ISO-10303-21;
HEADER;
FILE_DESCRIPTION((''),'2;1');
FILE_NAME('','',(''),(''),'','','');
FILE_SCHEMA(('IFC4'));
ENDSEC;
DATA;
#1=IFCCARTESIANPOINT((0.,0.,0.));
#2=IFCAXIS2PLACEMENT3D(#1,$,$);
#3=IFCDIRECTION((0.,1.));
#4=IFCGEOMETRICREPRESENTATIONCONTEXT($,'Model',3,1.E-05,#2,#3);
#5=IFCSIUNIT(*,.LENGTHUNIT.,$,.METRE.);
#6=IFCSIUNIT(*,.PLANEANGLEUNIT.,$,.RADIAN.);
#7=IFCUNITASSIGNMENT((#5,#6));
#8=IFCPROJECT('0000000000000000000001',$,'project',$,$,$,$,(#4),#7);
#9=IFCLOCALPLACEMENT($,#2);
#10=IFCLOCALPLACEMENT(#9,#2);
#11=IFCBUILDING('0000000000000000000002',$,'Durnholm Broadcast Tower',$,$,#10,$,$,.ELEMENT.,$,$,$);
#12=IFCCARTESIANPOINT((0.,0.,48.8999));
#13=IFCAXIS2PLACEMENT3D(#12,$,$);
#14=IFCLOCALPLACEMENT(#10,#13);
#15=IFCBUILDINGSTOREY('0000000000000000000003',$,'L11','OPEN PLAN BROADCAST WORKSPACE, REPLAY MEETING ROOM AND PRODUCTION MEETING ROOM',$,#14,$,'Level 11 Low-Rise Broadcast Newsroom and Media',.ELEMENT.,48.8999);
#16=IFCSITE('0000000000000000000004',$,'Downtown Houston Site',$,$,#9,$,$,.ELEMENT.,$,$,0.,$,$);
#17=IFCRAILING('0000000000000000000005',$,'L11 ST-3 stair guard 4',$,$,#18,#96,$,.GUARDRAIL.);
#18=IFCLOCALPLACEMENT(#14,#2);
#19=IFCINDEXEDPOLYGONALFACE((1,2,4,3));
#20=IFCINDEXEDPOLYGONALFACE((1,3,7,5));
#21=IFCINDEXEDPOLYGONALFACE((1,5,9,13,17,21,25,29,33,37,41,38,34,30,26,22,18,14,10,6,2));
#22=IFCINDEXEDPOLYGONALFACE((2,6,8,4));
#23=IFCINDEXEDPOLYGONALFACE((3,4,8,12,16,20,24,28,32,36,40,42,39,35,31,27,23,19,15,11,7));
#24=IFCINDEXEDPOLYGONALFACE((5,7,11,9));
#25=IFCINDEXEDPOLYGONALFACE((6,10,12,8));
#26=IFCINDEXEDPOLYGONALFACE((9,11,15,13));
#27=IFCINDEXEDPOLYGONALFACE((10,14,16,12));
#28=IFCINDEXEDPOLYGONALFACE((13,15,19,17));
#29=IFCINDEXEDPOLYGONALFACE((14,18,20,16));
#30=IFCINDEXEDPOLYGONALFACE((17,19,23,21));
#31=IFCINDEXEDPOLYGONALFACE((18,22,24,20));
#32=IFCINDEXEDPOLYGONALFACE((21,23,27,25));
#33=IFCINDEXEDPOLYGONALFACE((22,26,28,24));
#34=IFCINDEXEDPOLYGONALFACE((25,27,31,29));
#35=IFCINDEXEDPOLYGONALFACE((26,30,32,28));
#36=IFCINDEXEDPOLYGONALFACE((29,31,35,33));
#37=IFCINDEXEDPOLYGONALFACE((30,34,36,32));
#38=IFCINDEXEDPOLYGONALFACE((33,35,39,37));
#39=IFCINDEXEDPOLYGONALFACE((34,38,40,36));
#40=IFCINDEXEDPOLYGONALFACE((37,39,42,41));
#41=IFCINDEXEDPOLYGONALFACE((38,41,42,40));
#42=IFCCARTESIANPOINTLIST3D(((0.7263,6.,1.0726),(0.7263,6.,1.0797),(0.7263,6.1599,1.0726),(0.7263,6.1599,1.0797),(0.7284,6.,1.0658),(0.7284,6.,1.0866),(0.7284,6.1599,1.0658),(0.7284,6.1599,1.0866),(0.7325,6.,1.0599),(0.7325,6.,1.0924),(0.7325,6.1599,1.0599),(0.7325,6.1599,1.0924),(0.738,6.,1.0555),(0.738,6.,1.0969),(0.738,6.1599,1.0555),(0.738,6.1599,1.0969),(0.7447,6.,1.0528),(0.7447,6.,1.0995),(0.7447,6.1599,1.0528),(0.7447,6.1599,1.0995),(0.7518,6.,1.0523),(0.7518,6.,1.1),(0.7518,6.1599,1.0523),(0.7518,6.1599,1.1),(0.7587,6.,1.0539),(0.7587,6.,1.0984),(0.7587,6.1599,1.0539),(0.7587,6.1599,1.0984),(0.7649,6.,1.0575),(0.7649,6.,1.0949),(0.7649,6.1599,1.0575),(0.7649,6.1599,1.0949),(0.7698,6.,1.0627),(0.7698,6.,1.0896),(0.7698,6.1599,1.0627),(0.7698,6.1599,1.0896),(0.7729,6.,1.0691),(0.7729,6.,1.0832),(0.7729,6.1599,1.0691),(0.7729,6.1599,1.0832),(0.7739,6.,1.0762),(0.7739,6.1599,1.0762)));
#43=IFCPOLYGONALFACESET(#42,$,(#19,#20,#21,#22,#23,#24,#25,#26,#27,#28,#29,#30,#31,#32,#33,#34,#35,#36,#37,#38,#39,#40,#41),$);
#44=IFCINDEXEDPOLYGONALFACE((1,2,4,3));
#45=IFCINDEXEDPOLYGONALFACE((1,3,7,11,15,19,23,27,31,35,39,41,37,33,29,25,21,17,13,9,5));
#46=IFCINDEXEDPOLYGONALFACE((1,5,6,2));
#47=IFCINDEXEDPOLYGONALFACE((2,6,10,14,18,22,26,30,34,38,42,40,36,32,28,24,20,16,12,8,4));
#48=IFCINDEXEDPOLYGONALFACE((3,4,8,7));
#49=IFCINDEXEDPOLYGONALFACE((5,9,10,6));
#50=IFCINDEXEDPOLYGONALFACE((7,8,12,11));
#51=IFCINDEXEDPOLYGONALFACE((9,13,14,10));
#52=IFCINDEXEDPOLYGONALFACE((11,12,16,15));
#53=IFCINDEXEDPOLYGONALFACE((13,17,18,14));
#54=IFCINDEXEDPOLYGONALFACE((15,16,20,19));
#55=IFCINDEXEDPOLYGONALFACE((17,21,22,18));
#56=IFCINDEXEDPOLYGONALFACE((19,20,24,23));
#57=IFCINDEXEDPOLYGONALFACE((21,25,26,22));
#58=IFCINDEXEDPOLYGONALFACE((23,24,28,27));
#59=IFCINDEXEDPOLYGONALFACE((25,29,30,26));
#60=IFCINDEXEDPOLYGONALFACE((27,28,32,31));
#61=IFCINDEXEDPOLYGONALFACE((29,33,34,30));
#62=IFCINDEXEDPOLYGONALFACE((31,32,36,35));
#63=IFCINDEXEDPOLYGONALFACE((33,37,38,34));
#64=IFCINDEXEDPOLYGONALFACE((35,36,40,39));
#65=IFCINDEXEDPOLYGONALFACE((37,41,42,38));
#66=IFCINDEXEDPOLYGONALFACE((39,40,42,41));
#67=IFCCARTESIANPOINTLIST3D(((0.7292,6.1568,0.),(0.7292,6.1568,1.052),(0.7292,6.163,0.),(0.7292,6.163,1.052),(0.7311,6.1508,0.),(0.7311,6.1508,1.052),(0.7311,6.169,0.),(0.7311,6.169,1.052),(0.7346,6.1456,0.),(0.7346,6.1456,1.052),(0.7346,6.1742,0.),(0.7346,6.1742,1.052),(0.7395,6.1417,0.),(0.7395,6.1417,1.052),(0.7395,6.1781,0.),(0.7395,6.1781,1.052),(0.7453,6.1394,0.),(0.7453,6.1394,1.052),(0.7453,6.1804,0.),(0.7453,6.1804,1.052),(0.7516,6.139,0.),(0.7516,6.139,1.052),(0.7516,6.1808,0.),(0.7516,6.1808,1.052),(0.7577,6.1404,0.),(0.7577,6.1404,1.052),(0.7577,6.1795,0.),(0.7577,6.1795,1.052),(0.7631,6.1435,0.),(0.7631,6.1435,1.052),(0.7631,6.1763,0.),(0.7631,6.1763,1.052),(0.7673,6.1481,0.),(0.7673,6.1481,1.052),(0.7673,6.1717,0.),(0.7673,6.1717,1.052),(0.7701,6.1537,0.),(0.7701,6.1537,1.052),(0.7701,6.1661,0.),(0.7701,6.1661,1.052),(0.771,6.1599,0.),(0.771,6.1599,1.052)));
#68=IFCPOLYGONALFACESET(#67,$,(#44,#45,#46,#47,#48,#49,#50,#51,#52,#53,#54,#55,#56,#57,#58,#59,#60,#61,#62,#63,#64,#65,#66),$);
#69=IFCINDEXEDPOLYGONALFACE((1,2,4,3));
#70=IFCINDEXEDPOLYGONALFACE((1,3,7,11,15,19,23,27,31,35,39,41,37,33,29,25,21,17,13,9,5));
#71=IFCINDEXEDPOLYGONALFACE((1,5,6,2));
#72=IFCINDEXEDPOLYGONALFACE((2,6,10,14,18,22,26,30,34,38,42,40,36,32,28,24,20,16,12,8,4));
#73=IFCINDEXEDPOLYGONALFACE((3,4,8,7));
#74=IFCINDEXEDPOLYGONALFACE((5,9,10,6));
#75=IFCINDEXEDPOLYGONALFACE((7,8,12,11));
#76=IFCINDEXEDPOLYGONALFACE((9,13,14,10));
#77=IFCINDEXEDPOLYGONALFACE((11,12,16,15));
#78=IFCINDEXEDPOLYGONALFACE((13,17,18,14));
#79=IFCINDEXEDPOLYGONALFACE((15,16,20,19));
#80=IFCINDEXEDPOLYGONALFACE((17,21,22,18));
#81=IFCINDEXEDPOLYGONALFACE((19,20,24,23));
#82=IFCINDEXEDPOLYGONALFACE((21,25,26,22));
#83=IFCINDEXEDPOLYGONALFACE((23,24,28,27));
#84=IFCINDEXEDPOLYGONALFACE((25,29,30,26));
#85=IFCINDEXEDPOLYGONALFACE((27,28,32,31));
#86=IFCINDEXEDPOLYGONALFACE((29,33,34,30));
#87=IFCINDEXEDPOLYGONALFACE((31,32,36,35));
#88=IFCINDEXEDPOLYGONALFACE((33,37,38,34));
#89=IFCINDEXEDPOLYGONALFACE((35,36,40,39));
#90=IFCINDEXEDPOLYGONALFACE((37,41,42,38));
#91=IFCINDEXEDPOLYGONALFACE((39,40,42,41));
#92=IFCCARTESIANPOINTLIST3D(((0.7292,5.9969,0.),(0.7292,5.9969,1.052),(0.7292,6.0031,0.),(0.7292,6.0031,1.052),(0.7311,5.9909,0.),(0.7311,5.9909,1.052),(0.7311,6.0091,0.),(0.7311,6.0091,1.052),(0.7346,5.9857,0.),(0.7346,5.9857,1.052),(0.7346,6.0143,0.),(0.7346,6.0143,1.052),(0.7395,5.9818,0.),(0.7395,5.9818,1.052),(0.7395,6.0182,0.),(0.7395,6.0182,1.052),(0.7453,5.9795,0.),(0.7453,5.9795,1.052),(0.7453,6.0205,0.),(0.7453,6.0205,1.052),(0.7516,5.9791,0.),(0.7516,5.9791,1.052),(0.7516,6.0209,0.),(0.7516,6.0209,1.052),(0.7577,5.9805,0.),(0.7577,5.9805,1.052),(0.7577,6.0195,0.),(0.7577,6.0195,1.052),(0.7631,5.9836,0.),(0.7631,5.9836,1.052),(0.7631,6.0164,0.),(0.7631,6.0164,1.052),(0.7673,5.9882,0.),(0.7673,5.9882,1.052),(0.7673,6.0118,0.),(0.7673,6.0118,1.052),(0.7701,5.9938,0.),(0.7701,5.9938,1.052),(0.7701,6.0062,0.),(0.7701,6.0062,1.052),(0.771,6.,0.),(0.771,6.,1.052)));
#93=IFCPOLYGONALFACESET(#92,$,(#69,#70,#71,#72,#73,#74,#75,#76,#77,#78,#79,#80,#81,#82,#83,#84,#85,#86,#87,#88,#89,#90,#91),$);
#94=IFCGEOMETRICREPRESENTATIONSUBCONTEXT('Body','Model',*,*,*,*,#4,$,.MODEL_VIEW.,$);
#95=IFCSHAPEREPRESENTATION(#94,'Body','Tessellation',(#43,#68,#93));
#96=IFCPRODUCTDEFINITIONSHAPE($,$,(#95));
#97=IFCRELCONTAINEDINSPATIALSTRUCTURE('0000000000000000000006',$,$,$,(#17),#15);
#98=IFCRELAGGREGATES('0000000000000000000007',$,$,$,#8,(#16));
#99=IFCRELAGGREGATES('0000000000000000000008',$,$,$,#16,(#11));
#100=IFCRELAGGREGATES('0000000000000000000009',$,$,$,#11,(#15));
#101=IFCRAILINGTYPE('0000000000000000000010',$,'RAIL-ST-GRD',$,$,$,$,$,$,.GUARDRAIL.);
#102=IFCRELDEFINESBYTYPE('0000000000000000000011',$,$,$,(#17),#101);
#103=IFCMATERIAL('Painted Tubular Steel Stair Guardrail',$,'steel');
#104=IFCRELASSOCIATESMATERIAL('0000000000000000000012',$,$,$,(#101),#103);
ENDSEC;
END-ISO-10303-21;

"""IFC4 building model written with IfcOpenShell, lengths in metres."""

from ifc_helpers import new_model, si_unit, direction, frame, origin, origin_2d, place, context, subcontext, project, spatial, circle, extrude, material, type_object, element, save


model = new_model("IFC4")

# Units and contexts
model_context = context("Model", 3, precision=1e-05, world=origin(), true_north=direction((0.0, 1.0)))
body_context = subcontext(model_context, "Body", "Model", "MODEL_VIEW")
ifc_project = project(units=[si_unit("LENGTHUNIT", "METRE"), si_unit("PLANEANGLEUNIT", "RADIAN")], contexts=[model_context])

# Site, building, storey
site_placement = place(None, origin())
site = spatial("IfcSite", under=ifc_project, at=site_placement, Name="Downtown Houston Site", CompositionType="ELEMENT", RefElevation=0.0)
building_placement = place(site_placement, origin())
building = spatial("IfcBuilding", under=site, at=building_placement, Name="Durnholm Broadcast Tower", CompositionType="ELEMENT")
storey_placement = place(building_placement, frame((0.0, 0.0, 48.8999)))
storey = spatial("IfcBuildingStorey", under=building, at=storey_placement, Name="L11", Description="OPEN PLAN BROADCAST WORKSPACE, REPLAY MEETING ROOM AND PRODUCTION MEETING ROOM", LongName="Level 11 Low-Rise Broadcast Newsroom and Media", CompositionType="ELEMENT", Elevation=48.8999)

# Railing
ifc_material_1 = material(Name="Painted Tubular Steel Stair Guardrail", Category="steel")
railing_type_1 = type_object("IfcRailingType", Name="RAIL-ST-GRD", PredefinedType="GUARDRAIL", material=ifc_material_1)
railing_1_placement = place(storey_placement, frame((0.75, 6.1599, 0.0)))
element("IfcRailing", 1, at=railing_1_placement, inside=storey, type_object=railing_type_1, Name="L11 ST-3 stair guard 4", PredefinedType="GUARDRAIL", context=body_context, shape_type="SweptSolid", body=[
    extrude(circle(Radius=0.0239, at=origin_2d()), frame((0.0, 0.0, 1.0762), z_axis=(0.0, -1.0, 0.0), x_axis=(1.0, 0.0, 0.0)), (0.0, 0.0, 1.0), 0.1599),
    extrude(circle(Radius=0.021, at=origin_2d()), origin(), (0.0, 0.0, 1.0), 1.052),
    extrude(circle(Radius=0.021, at=origin_2d()), frame((0.0, -0.1599, 0.0)), (0.0, 0.0, 1.0), 1.052),
])

save(model, "model.ifc")
